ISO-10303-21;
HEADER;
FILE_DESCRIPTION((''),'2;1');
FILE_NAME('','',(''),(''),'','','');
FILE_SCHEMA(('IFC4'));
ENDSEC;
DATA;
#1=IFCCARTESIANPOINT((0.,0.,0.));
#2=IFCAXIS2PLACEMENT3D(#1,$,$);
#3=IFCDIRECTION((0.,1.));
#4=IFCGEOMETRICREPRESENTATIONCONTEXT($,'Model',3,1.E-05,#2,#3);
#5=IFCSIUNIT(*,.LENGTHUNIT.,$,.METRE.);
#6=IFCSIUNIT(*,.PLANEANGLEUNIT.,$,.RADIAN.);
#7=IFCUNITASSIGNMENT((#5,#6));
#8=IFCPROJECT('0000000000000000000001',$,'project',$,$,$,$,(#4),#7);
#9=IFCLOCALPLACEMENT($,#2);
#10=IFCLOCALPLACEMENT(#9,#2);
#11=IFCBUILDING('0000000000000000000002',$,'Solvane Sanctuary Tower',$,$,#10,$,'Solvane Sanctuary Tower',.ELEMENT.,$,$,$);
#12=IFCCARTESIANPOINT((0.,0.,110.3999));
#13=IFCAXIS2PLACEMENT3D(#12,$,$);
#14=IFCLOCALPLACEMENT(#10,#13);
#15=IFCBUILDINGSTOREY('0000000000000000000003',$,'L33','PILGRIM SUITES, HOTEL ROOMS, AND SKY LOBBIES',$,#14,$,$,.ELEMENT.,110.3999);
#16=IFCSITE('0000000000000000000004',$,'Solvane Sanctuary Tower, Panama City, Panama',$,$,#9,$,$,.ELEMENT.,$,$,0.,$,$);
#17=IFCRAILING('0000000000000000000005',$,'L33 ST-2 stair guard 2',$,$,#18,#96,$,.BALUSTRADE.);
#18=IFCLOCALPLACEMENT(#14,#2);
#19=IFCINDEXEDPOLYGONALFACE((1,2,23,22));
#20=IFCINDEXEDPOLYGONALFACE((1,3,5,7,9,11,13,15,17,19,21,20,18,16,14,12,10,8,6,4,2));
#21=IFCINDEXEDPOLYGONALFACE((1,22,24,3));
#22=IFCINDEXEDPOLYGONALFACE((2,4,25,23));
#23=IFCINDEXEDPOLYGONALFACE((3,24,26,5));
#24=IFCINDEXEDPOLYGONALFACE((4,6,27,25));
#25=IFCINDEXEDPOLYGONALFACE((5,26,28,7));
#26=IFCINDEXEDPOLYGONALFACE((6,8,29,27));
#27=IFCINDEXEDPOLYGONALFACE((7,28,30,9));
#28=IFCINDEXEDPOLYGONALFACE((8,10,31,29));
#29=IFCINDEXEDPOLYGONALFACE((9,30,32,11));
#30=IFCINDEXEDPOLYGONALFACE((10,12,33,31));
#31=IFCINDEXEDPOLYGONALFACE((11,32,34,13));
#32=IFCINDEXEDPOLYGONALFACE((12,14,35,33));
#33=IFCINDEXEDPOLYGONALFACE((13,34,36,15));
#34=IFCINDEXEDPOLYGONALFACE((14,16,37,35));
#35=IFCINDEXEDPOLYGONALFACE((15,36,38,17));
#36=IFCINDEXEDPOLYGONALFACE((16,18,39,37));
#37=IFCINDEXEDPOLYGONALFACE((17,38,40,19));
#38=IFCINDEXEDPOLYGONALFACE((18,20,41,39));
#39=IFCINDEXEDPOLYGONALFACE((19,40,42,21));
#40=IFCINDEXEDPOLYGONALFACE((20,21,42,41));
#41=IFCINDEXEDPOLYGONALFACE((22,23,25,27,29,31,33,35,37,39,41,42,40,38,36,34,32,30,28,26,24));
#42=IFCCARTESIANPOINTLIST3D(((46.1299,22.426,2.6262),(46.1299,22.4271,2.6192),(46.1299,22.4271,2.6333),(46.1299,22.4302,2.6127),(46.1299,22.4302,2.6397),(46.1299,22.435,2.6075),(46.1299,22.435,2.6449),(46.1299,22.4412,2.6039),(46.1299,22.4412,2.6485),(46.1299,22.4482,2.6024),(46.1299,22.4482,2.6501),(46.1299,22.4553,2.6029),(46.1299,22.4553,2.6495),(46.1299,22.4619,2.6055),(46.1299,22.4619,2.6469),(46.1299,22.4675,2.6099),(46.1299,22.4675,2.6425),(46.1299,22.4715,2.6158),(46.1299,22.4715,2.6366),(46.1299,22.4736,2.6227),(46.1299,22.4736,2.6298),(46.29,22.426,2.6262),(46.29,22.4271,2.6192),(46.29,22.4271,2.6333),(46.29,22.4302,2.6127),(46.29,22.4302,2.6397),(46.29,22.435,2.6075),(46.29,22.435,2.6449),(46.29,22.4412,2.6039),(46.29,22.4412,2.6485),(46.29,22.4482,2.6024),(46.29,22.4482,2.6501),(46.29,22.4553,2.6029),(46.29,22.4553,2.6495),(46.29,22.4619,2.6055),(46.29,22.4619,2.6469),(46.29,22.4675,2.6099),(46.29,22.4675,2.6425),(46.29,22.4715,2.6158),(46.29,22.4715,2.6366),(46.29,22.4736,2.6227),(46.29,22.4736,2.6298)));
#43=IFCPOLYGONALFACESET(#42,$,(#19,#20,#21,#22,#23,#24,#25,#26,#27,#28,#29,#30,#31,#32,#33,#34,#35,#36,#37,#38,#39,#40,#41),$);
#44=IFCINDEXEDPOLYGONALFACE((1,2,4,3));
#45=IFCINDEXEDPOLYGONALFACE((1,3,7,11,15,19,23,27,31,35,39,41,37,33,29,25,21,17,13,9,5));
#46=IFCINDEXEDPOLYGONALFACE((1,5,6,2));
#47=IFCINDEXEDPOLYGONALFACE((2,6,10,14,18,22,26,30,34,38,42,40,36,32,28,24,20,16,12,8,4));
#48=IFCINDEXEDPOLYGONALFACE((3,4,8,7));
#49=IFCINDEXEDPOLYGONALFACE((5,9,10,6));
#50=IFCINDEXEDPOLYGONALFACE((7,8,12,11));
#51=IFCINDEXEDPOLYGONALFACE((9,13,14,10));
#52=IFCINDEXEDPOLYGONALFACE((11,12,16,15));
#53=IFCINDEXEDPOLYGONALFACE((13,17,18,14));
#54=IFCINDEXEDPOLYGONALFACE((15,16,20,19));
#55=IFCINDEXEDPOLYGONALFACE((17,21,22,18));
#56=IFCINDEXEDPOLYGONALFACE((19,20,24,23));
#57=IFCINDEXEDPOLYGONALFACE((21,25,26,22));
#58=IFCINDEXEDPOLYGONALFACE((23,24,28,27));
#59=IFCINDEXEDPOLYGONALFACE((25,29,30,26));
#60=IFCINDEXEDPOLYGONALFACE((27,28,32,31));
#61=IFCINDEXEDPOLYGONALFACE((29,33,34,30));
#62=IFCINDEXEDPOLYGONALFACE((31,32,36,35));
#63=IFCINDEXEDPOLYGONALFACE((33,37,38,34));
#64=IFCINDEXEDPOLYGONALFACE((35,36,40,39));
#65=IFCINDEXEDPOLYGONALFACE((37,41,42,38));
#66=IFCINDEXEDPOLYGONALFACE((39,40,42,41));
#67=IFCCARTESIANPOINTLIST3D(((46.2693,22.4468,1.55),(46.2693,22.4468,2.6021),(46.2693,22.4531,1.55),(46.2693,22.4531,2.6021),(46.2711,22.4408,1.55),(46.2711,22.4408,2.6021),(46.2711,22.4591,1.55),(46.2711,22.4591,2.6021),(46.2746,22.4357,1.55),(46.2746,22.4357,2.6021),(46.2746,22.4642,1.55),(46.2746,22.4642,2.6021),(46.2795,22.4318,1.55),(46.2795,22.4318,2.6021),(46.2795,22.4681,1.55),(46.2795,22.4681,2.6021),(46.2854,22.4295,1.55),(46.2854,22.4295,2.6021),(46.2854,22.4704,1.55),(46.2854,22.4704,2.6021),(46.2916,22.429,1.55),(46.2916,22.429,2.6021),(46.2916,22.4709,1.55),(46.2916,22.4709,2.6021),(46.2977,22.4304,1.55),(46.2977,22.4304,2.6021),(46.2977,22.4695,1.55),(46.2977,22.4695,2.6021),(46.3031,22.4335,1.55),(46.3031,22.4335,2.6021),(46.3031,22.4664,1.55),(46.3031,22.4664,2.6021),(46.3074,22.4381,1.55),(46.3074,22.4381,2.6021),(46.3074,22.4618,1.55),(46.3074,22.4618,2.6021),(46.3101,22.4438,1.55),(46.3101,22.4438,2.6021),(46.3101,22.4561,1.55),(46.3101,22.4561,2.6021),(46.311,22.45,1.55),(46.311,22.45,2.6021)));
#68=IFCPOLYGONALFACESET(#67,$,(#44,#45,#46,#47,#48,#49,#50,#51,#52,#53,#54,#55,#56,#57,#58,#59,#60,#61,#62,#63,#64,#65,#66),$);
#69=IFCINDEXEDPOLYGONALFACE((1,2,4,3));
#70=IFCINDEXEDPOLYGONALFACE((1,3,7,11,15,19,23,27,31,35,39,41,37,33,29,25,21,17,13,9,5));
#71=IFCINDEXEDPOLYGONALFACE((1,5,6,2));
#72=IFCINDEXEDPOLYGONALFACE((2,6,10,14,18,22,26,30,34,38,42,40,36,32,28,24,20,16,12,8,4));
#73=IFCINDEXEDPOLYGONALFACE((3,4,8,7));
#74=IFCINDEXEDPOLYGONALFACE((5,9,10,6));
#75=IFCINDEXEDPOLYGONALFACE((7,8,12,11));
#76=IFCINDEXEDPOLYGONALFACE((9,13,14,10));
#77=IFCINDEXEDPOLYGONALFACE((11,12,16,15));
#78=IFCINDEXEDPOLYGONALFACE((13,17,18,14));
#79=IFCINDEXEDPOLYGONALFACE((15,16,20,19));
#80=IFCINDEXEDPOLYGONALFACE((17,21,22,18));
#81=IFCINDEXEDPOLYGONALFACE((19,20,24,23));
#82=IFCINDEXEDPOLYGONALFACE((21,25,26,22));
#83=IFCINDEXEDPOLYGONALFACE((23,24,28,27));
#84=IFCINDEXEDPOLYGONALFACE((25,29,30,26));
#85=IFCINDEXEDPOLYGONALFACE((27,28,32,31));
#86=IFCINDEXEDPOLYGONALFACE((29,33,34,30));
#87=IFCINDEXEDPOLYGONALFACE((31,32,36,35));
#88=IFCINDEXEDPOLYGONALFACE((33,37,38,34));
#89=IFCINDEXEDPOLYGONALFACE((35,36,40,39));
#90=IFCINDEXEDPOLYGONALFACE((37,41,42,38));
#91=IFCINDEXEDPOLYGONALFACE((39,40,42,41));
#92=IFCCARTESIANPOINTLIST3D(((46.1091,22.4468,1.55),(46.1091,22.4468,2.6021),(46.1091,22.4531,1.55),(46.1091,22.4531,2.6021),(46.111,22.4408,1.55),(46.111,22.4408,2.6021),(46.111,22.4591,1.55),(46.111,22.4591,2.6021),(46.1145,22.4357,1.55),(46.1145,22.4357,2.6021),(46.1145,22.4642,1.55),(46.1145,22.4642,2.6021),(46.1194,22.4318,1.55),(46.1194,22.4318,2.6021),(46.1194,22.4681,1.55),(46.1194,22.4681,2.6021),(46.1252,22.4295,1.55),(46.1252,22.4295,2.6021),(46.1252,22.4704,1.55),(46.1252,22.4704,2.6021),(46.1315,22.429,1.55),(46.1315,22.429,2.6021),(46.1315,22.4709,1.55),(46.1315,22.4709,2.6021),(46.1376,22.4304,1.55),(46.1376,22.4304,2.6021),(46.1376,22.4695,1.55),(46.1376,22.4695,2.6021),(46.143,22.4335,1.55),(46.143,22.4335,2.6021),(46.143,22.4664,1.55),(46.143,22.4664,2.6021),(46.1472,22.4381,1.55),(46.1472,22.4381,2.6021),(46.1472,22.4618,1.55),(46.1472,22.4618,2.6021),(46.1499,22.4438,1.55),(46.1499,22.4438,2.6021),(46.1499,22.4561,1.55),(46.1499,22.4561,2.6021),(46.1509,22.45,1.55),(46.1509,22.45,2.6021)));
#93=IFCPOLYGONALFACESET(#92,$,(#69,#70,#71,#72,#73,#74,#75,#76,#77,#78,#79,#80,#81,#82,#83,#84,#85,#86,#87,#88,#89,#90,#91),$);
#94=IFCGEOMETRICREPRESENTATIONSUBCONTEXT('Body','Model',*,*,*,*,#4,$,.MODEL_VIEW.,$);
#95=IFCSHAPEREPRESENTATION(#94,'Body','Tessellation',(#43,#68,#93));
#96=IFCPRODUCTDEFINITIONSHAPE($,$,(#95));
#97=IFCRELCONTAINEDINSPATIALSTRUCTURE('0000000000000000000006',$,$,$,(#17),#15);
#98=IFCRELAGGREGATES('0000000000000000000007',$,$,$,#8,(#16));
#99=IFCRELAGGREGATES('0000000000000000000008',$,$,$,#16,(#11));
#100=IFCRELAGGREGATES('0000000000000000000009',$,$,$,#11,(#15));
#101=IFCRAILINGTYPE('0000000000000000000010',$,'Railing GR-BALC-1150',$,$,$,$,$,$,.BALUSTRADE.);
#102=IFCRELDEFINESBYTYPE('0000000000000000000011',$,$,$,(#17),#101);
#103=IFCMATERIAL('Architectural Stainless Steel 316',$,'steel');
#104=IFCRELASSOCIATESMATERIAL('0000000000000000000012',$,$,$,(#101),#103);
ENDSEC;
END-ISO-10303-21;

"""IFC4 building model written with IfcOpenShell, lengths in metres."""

from ifc_helpers import new_model, si_unit, direction, frame, origin, origin_2d, place, context, subcontext, project, spatial, circle, extrude, material, type_object, element, save


model = new_model("IFC4")

# Units and contexts
model_context = context("Model", 3, precision=1e-05, world=origin(), true_north=direction((0.0, 1.0)))
body_context = subcontext(model_context, "Body", "Model", "MODEL_VIEW")
ifc_project = project(units=[si_unit("LENGTHUNIT", "METRE"), si_unit("PLANEANGLEUNIT", "RADIAN")], contexts=[model_context])

# Site, building, storey
site_placement = place(None, origin())
site = spatial("IfcSite", under=ifc_project, at=site_placement, Name="Solvane Sanctuary Tower, Panama City, Panama", CompositionType="ELEMENT", RefElevation=0.0)
building_placement = place(site_placement, origin())
building = spatial("IfcBuilding", under=site, at=building_placement, Name="Solvane Sanctuary Tower", LongName="Solvane Sanctuary Tower", CompositionType="ELEMENT")
storey_placement = place(building_placement, frame((0.0, 0.0, 110.3999)))
storey = spatial("IfcBuildingStorey", under=building, at=storey_placement, Name="L33", Description="PILGRIM SUITES, HOTEL ROOMS, AND SKY LOBBIES", CompositionType="ELEMENT", Elevation=110.3999)

# Shared definitions
ifc_material_1 = material(Name="Architectural Stainless Steel 316", Category="steel")

# Railing
railing_type_1 = type_object("IfcRailingType", Name="Railing GR-BALC-1150", PredefinedType="BALUSTRADE", material=ifc_material_1)
railing_1_placement = place(storey_placement, frame((46.29, 22.45, 1.55)))
element("IfcRailing", 1, at=railing_1_placement, inside=storey, type_object=railing_type_1, Name="L33 ST-2 stair guard 2", PredefinedType="BALUSTRADE", context=body_context, shape_type="SweptSolid", body=[
    extrude(circle(Radius=0.0239, at=origin_2d()), frame((0.0, 0.0, 1.0762), z_axis=(-1.0, 0.0, 0.0), x_axis=(0.0, -1.0, 0.0)), (0.0, 0.0, 1.0), 0.1602),
    extrude(circle(Radius=0.021, at=origin_2d()), origin(), (0.0, 0.0, 1.0), 1.052),
    extrude(circle(Radius=0.021, at=origin_2d()), frame((-0.1602, 0.0, 0.0)), (0.0, 0.0, 1.0), 1.052),
])

save(model, "model.ifc")
